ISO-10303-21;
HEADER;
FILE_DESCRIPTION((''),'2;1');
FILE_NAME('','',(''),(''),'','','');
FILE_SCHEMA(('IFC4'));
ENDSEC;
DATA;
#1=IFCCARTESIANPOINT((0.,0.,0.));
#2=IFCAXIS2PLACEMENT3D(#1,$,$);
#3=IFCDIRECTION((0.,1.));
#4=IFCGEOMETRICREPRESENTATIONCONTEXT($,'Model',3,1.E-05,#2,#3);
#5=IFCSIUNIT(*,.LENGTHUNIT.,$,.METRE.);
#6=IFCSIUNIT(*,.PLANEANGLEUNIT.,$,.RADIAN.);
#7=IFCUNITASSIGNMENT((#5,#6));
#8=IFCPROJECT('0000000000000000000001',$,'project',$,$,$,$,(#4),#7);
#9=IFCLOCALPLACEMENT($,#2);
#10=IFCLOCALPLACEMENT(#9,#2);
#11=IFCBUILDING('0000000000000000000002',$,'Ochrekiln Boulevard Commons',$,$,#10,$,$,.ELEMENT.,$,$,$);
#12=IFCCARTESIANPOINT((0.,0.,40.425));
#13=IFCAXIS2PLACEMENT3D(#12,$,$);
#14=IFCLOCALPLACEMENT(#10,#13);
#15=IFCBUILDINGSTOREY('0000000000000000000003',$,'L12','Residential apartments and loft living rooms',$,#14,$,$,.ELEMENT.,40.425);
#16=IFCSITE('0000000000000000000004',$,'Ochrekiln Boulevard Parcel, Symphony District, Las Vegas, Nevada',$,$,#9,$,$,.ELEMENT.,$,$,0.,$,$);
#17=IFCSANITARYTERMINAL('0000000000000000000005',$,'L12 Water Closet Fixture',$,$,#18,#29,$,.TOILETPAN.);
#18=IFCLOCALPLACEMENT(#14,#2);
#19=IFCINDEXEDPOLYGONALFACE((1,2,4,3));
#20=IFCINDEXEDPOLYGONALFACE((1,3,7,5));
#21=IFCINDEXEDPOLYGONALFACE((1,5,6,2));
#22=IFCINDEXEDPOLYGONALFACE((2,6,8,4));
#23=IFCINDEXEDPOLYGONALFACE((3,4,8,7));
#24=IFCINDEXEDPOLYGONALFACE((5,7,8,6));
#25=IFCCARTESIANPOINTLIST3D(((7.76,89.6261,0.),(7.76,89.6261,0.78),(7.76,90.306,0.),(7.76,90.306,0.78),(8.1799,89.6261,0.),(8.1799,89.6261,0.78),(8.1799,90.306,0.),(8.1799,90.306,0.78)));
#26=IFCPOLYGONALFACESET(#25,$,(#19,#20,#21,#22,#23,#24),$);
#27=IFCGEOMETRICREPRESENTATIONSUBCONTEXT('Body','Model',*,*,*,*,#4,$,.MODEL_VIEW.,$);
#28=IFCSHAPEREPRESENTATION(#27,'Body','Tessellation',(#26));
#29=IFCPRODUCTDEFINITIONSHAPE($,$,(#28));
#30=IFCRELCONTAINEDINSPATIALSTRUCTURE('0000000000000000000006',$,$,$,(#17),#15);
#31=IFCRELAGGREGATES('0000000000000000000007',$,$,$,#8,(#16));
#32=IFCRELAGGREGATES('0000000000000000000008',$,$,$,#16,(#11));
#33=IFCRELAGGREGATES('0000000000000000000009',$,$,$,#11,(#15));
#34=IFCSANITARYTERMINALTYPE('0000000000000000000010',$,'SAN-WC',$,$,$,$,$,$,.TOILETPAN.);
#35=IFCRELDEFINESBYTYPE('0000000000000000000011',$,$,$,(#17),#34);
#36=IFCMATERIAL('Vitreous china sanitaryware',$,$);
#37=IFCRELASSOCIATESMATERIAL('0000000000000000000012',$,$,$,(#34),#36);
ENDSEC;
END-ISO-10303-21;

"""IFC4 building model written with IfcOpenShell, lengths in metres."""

from ifc_helpers import new_model, si_unit, direction, frame, origin, origin_2d, place, context, subcontext, project, spatial, rectangle, extrude, material, type_object, element, save


model = new_model("IFC4")

# Units and contexts
model_context = context("Model", 3, precision=1e-05, world=origin(), true_north=direction((0.0, 1.0)))
body_context = subcontext(model_context, "Body", "Model", "MODEL_VIEW")
ifc_project = project(units=[si_unit("LENGTHUNIT", "METRE"), si_unit("PLANEANGLEUNIT", "RADIAN")], contexts=[model_context])

# Site, building, storey
site_placement = place(None, origin())
site = spatial("IfcSite", under=ifc_project, at=site_placement, Name="Ochrekiln Boulevard Parcel, Symphony District, Las Vegas, Nevada", CompositionType="ELEMENT", RefElevation=0.0)
building_placement = place(site_placement, origin())
building = spatial("IfcBuilding", under=site, at=building_placement, Name="Ochrekiln Boulevard Commons", CompositionType="ELEMENT")
storey_placement = place(building_placement, frame((0.0, 0.0, 40.425)))
storey = spatial("IfcBuildingStorey", under=building, at=storey_placement, Name="L12", Description="Residential apartments and loft living rooms", CompositionType="ELEMENT", Elevation=40.425)

# Sanitary terminal
ifc_material_1 = material(Name="Vitreous china sanitaryware")
sanitary_terminal_type_1 = type_object("IfcSanitaryTerminalType", Name="SAN-WC", PredefinedType="TOILETPAN", material=ifc_material_1)
sanitary_terminal_1_placement = place(storey_placement, frame((7.97, 89.9661, 0.0), z_axis=(0.0, 0.0, 1.0), x_axis=(1.0, 0.0, 0.0)))
element("IfcSanitaryTerminal", 1, at=sanitary_terminal_1_placement, inside=storey, type_object=sanitary_terminal_type_1, Name="L12 Water Closet Fixture", PredefinedType="TOILETPAN", context=body_context, shape_type="SweptSolid", body=[
    extrude(rectangle(XDim=0.4199, YDim=0.6799, at=origin_2d()), origin(), (0.0, 0.0, 1.0), 0.78),
])

save(model, "model.ifc")
